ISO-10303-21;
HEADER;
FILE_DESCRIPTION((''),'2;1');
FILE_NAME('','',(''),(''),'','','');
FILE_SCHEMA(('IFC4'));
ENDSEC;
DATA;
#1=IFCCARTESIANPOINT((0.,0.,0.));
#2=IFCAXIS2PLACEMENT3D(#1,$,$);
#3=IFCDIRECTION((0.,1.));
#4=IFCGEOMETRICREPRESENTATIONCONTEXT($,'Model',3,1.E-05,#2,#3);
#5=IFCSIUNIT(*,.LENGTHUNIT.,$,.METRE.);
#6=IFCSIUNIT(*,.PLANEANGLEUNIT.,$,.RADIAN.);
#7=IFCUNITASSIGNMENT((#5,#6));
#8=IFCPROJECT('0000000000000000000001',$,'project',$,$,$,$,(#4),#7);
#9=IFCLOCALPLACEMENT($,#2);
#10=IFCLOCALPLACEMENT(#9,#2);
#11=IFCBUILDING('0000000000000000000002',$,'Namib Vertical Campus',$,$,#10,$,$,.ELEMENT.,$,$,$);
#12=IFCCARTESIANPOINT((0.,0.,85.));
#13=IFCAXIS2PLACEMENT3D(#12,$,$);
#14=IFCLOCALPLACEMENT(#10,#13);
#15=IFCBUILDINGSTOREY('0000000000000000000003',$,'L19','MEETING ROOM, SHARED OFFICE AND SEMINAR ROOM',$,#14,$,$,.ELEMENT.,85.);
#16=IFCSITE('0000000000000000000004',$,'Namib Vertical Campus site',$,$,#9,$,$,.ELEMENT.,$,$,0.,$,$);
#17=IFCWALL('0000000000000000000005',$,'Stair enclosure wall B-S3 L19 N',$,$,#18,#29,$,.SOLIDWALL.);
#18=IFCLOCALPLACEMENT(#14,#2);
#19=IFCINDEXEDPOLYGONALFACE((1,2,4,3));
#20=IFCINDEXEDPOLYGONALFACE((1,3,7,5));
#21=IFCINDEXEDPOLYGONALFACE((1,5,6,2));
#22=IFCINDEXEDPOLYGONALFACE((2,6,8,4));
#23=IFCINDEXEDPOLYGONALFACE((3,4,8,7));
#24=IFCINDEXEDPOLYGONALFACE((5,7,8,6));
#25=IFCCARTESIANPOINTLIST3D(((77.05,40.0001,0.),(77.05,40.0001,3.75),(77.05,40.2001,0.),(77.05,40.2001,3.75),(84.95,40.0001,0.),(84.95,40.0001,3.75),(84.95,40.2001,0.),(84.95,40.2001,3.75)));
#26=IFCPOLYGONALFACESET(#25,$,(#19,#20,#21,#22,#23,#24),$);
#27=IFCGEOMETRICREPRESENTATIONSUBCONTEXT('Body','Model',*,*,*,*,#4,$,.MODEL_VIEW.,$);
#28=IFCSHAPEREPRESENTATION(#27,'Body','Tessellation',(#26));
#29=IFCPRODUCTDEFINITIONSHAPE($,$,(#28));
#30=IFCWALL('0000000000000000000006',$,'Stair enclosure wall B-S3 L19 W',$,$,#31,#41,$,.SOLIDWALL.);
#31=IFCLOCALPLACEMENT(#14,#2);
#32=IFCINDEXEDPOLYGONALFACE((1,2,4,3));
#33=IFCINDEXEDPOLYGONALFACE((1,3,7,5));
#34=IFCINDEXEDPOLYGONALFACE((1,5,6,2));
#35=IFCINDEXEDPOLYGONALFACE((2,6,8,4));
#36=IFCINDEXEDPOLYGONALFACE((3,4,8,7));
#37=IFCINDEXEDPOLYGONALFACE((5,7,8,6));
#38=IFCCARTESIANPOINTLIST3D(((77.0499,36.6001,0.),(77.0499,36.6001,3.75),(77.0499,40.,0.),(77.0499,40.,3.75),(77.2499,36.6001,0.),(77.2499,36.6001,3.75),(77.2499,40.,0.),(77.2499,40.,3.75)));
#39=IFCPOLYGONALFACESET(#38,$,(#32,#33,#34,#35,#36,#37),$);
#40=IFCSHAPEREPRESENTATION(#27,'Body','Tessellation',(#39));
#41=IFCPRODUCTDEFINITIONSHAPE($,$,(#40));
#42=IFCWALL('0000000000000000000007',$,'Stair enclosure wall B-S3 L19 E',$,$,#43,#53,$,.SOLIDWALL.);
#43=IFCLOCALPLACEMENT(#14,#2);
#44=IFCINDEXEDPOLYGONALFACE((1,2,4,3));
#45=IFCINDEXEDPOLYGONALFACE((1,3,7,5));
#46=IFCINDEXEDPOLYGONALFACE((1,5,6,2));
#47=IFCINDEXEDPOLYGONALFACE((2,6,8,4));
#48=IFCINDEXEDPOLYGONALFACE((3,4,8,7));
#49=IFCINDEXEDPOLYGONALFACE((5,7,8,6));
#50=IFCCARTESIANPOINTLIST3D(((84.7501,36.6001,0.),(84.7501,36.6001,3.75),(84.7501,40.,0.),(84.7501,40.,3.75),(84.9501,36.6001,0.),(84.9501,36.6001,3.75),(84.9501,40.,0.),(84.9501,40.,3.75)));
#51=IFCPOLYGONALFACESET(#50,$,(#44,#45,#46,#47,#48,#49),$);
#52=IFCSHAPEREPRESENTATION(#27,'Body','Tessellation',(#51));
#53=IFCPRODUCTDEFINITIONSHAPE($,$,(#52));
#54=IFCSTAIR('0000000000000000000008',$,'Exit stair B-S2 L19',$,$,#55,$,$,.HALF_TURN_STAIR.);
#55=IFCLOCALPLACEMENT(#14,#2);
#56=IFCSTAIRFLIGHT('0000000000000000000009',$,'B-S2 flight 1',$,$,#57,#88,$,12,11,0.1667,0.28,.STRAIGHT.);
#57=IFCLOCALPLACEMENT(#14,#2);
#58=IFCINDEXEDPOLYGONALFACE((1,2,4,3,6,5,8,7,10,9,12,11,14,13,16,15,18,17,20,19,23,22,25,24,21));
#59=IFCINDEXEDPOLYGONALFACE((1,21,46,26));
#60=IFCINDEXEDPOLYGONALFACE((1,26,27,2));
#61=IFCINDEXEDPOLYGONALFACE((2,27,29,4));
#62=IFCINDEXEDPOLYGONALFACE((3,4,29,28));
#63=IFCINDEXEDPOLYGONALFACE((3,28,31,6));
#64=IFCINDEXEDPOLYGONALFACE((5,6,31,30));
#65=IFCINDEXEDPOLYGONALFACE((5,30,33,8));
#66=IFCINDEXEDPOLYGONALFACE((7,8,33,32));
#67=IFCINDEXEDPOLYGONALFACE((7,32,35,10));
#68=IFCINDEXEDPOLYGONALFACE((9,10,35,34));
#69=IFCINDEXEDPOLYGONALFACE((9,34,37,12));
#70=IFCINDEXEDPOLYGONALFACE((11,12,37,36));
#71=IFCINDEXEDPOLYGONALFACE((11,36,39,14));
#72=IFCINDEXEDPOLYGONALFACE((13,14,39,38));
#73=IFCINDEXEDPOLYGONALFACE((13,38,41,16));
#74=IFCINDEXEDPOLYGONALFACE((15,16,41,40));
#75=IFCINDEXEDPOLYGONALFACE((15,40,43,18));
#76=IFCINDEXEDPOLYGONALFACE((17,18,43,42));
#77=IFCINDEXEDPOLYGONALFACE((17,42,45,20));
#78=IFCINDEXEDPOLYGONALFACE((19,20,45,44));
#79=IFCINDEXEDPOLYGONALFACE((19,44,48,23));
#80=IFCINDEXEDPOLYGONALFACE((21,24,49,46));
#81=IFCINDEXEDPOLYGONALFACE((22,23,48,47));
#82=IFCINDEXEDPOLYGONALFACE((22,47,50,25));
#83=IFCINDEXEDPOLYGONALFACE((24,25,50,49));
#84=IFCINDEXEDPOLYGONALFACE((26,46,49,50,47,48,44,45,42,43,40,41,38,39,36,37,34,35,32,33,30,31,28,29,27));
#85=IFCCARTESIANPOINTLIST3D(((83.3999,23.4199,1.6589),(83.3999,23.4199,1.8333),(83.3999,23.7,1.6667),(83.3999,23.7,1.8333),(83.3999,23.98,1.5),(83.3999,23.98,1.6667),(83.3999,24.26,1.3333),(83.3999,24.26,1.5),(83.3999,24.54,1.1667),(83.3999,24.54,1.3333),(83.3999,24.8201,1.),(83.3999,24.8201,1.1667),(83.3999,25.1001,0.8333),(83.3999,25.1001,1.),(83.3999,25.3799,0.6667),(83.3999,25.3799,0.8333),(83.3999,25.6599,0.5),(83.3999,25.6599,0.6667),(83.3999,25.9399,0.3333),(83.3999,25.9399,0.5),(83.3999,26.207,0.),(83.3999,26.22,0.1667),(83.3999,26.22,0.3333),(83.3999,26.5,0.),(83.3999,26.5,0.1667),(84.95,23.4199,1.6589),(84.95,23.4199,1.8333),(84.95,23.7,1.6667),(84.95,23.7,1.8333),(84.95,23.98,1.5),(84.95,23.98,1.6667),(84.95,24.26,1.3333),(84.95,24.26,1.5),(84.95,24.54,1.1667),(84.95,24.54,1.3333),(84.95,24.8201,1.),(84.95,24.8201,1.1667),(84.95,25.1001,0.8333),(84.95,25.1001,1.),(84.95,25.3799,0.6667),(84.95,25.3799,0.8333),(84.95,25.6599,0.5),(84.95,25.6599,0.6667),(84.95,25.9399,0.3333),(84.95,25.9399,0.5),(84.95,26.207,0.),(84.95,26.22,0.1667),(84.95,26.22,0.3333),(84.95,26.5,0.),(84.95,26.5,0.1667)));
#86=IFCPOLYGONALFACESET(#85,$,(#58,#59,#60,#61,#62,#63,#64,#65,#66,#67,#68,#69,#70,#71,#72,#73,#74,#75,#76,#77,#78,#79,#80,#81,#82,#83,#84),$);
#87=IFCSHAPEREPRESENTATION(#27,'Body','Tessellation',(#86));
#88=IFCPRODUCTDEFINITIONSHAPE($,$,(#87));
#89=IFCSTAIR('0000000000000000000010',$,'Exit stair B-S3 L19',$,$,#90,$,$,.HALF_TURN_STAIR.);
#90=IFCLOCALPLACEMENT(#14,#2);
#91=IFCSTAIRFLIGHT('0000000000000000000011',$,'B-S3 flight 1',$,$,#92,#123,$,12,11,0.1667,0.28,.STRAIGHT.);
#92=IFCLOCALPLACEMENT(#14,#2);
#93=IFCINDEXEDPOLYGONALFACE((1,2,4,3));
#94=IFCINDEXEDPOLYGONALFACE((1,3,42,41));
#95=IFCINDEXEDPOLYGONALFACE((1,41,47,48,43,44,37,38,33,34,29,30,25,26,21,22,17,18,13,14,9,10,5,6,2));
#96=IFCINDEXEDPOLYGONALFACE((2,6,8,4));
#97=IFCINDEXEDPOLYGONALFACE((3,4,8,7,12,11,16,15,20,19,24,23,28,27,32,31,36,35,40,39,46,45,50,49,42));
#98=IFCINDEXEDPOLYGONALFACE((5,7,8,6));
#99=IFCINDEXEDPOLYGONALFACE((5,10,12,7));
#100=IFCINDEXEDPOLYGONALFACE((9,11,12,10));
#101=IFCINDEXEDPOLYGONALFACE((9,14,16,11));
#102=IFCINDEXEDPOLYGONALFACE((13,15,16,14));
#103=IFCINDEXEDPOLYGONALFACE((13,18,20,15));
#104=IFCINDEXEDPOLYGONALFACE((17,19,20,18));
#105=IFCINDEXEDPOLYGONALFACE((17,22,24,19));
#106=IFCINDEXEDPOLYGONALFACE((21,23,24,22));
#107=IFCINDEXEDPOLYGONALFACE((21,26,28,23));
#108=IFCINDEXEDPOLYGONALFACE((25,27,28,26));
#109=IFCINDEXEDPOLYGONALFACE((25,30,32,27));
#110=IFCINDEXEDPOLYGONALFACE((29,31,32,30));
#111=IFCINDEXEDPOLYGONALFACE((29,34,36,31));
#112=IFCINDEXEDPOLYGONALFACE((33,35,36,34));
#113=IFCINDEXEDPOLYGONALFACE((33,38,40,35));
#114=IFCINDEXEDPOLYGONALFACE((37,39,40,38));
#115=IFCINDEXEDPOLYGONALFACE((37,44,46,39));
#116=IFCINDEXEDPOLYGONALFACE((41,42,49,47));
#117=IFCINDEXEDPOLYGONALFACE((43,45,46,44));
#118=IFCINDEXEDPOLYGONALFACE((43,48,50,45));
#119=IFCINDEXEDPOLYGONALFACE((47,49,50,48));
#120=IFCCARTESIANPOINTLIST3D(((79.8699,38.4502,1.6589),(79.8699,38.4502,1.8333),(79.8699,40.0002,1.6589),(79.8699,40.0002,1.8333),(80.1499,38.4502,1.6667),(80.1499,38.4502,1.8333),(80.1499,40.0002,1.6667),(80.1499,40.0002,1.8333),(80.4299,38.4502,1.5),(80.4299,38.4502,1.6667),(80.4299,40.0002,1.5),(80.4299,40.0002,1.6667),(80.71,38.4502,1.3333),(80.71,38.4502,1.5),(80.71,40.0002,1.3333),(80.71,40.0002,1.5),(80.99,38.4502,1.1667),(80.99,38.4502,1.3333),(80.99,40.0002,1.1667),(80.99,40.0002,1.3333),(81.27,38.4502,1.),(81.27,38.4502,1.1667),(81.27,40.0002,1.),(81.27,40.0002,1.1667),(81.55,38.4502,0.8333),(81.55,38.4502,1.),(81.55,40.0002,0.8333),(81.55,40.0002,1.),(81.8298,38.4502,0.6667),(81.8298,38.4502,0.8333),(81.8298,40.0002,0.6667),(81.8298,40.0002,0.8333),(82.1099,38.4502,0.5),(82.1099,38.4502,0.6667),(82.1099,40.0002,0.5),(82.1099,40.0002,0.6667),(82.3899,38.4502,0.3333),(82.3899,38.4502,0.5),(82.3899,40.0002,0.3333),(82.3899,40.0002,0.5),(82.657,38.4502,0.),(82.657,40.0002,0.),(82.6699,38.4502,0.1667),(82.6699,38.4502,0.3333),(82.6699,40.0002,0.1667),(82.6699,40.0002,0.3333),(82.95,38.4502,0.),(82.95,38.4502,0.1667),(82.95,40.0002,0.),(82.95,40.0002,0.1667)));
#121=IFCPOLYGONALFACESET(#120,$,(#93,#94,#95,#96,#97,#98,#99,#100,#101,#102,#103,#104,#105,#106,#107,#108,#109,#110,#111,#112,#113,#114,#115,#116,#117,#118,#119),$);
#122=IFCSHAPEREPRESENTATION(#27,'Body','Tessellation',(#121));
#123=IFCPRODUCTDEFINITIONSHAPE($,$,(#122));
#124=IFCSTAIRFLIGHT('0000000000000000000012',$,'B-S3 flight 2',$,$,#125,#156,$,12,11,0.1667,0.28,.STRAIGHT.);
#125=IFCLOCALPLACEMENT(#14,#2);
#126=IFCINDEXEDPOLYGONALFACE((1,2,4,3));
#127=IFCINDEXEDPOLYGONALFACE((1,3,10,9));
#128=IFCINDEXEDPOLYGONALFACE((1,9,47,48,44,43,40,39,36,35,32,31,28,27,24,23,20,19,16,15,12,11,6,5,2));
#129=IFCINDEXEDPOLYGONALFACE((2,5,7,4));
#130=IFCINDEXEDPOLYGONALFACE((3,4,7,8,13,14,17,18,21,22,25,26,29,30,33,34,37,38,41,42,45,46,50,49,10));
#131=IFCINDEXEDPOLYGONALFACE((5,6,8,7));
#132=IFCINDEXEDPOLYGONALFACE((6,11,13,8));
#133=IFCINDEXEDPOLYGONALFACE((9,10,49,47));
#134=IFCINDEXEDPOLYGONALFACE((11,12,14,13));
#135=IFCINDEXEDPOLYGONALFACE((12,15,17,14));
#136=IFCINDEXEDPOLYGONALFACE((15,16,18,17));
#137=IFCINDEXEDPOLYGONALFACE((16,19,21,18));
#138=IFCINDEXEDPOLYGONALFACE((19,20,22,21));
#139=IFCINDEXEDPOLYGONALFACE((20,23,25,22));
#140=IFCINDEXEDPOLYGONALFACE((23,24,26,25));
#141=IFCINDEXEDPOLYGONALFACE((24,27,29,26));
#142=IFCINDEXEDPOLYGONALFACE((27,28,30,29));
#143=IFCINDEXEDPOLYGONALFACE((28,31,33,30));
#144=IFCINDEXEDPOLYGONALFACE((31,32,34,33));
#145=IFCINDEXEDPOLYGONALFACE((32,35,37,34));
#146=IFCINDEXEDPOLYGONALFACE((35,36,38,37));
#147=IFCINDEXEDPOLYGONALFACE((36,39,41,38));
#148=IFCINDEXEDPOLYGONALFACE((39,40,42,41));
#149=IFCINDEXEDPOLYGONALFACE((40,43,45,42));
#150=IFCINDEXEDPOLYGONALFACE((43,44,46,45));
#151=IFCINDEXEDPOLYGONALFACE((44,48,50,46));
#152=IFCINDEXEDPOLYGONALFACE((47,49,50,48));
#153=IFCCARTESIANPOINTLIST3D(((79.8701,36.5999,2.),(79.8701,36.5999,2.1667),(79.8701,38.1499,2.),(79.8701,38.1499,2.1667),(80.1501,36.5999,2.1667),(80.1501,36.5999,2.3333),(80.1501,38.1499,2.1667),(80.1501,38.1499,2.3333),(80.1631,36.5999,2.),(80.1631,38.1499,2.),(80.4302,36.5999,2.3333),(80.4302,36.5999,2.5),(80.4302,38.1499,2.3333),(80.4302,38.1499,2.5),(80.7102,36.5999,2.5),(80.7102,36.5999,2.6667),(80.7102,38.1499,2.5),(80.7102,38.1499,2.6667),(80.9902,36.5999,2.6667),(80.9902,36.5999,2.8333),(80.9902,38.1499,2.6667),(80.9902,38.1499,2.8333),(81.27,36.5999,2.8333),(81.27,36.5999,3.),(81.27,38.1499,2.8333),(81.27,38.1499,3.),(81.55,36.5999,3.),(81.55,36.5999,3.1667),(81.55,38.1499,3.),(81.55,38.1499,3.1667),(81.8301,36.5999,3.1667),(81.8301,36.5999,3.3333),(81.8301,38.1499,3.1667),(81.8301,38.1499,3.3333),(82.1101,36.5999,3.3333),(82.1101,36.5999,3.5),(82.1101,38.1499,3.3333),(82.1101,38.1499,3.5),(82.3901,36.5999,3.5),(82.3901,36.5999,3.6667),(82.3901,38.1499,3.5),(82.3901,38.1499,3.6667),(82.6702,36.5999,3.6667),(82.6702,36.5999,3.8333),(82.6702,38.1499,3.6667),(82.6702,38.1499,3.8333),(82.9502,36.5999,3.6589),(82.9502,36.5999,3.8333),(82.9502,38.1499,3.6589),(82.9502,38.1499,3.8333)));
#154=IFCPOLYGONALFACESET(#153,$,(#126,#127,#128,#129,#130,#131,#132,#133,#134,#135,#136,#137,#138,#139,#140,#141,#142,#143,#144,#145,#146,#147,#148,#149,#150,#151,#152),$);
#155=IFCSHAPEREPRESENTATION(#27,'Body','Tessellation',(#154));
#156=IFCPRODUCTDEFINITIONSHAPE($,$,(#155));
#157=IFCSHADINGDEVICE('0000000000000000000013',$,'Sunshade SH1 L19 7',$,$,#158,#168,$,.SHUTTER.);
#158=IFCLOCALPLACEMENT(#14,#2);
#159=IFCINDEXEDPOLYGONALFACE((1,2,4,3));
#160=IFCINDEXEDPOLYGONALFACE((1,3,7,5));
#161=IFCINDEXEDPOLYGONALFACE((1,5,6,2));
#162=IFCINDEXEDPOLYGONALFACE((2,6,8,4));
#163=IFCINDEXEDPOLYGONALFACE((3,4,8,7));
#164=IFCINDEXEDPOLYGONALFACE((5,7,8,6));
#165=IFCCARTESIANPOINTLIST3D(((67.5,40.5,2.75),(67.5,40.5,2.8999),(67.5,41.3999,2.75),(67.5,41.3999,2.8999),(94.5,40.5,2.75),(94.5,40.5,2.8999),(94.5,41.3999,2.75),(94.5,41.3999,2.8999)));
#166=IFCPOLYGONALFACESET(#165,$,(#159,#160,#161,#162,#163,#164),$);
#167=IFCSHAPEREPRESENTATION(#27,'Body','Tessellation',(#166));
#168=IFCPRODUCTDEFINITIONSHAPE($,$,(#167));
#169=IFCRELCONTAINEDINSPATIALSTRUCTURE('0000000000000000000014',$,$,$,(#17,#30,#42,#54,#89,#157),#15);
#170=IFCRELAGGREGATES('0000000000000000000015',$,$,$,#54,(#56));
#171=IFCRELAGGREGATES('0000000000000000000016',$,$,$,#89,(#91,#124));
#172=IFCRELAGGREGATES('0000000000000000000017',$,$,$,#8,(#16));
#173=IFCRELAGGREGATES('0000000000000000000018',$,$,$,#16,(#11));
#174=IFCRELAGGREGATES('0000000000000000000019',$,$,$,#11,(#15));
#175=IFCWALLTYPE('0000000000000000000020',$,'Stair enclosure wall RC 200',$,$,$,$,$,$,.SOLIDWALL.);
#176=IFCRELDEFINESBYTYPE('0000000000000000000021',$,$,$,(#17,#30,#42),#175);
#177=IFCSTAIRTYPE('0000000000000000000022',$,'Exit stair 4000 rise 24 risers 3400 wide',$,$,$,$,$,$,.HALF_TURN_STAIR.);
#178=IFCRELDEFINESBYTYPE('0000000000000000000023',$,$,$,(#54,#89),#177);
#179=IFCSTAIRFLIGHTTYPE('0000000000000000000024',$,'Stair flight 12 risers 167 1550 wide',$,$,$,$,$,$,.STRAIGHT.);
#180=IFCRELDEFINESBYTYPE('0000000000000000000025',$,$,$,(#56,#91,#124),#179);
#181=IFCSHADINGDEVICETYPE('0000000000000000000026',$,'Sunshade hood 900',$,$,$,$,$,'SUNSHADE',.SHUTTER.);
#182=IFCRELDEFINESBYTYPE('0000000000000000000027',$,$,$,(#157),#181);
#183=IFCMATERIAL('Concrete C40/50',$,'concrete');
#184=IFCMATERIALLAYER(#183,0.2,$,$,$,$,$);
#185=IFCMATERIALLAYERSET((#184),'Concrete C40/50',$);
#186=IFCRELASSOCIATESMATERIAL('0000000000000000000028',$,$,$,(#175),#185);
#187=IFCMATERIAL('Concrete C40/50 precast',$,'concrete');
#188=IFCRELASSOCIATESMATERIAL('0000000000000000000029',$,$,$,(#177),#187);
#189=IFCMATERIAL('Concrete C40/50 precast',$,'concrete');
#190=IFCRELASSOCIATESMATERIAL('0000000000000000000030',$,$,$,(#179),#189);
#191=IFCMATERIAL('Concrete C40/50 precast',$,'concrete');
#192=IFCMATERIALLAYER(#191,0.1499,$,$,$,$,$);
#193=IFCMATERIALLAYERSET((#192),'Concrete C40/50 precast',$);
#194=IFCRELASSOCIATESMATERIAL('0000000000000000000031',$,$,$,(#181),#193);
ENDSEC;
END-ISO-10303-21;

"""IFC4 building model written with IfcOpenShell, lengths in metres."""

from ifc_helpers import new_model, si_unit, direction, frame, frame_2d, origin, origin_2d, place, context, subcontext, project, spatial, polyline, rectangle, outline, extrude, material, layer, layer_set, type_object, element, aggregate, save


model = new_model("IFC4")

# Units and contexts
model_context = context("Model", 3, precision=1e-05, world=origin(), true_north=direction((0.0, 1.0)))
body_context = subcontext(model_context, "Body", "Model", "MODEL_VIEW")
ifc_project = project(units=[si_unit("LENGTHUNIT", "METRE"), si_unit("PLANEANGLEUNIT", "RADIAN")], contexts=[model_context])

# Site, building, storey
site_placement = place(None, origin())
site = spatial("IfcSite", under=ifc_project, at=site_placement, Name="Namib Vertical Campus site", CompositionType="ELEMENT", RefElevation=0.0)
building_placement = place(site_placement, origin())
building = spatial("IfcBuilding", under=site, at=building_placement, Name="Namib Vertical Campus", CompositionType="ELEMENT")
storey_placement = place(building_placement, frame((0.0, 0.0, 85.0)))
storey = spatial("IfcBuildingStorey", under=building, at=storey_placement, Name="L19", Description="MEETING ROOM, SHARED OFFICE AND SEMINAR ROOM", CompositionType="ELEMENT", Elevation=85.0)

# Shared definitions
ifc_material_1 = material(Name="Concrete C40/50", Category="concrete")
ifc_layer_1 = layer(ifc_material_1, 0.2)
ifc_layer_set_1 = layer_set([ifc_layer_1], Name="Concrete C40/50")
wall_type_1 = type_object("IfcWallType", Name="Stair enclosure wall RC 200", PredefinedType="SOLIDWALL", material=ifc_layer_set_1)

# Walls
wall_1_placement = place(storey_placement, frame((77.05, 40.1001, 0.0), z_axis=(0.0, 0.0, 1.0), x_axis=(1.0, 0.0, 0.0)))
element("IfcWall", 1, at=wall_1_placement, inside=storey, type_object=wall_type_1, Name="Stair enclosure wall B-S3 L19 N", PredefinedType="SOLIDWALL", context=body_context, shape_type="SweptSolid", body=[
    extrude(rectangle(XDim=7.8999, YDim=0.2, at=frame_2d((3.95, 0.0))), origin(), (0.0, 0.0, 1.0), 3.75),
])
for number, where, z_axis, x_axis, name in (
    (2, (77.1499, 36.6001, 0.0), (0.0, 0.0, 1.0), (0.0, 1.0, 0.0), "Stair enclosure wall B-S3 L19 W"),
    (3, (84.8501, 36.6001, 0.0), (0.0, 0.0, 1.0), (0.0, 1.0, 0.0), "Stair enclosure wall B-S3 L19 E"),
):
    element("IfcWall", number, at=place(storey_placement, frame(where, z_axis=z_axis, x_axis=x_axis)), inside=storey, type_object=wall_type_1, Name=name, PredefinedType="SOLIDWALL", context=body_context, shape_type="SweptSolid", body=[
        extrude(rectangle(XDim=3.3999, YDim=0.2, at=frame_2d((1.7, 0.0))), origin(), (0.0, 0.0, 1.0), 3.75),
    ])

# Stair, stair flight
ifc_material_2 = material(Name="Concrete C40/50 precast", Category="concrete")
stair_type = type_object("IfcStairType", Name="Exit stair 4000 rise 24 risers 3400 wide", PredefinedType="HALF_TURN_STAIR", material=ifc_material_2)
stair_1_placement = place(storey_placement, origin())
stair_1 = element("IfcStair", 4, at=stair_1_placement, inside=storey, type_object=stair_type, Name="Exit stair B-S2 L19", PredefinedType="HALF_TURN_STAIR")
ifc_material_3 = material(Name="Concrete C40/50 precast", Category="concrete")
stair_flight_type = type_object("IfcStairFlightType", Name="Stair flight 12 risers 167 1550 wide", PredefinedType="STRAIGHT", material=ifc_material_3)
stair_flight_1_placement = place(storey_placement, frame((84.175, 26.5, 0.0), z_axis=(0.0, 0.0, 1.0), x_axis=(0.0, -1.0, 0.0)))
stair_flight_1 = element("IfcStairFlight", 5, at=stair_flight_1_placement, type_object=stair_flight_type, Name="B-S2 flight 1", NumberOfRisers=12, NumberOfTreads=11, PredefinedType="STRAIGHT", RiserHeight=0.1667, TreadLength=0.28, context=body_context, shape_type="SweptSolid", body=[
    extrude(outline(polyline([(0.0, 0.0), (0.0, 0.1667), (0.28, 0.1667), (0.28, 0.3333), (0.5601, 0.3333), (0.5601, 0.5), (0.8401, 0.5), (0.8401, 0.6667), (1.1201, 0.6667), (1.1201, 0.8333), (1.3999, 0.8333), (1.3999, 1.0), (1.6799, 1.0), (1.6799, 1.1667), (1.96, 1.1667), (1.96, 1.3333), (2.24, 1.3333), (2.24, 1.5), (2.52, 1.5), (2.52, 1.6667), (2.8, 1.6667), (2.8, 1.8333), (3.0801, 1.8333), (3.0801, 2.0), (3.0801, 1.6589), (0.293, 0.0), (0.0, 0.0)])), frame((0.0, 0.7749, 0.0), z_axis=(0.0, -1.0, 0.0), x_axis=(1.0, 0.0, 0.0)), (0.0, 0.0, 1.0), 1.55),
])
aggregate(stair_1, [stair_flight_1])

# Stair, stair flights
stair_2_placement = place(storey_placement, origin())
stair_2 = element("IfcStair", 6, at=stair_2_placement, inside=storey, type_object=stair_type, Name="Exit stair B-S3 L19", PredefinedType="HALF_TURN_STAIR")
stair_flight_2_placement = place(storey_placement, frame((82.95, 39.2251, 0.0), z_axis=(0.0, 0.0, 1.0), x_axis=(-1.0, 0.0, 0.0)))
stair_flight_2 = element("IfcStairFlight", 7, at=stair_flight_2_placement, type_object=stair_flight_type, Name="B-S3 flight 1", NumberOfRisers=12, NumberOfTreads=11, PredefinedType="STRAIGHT", RiserHeight=0.1667, TreadLength=0.28, context=body_context, shape_type="SweptSolid", body=[
    extrude(outline(polyline([(0.0, 0.0), (0.0, 0.1667), (0.28, 0.1667), (0.28, 0.3333), (0.5601, 0.3333), (0.5601, 0.5), (0.8401, 0.5), (0.8401, 0.6667), (1.1201, 0.6667), (1.1201, 0.8333), (1.3999, 0.8333), (1.3999, 1.0), (1.6799, 1.0), (1.6799, 1.1667), (1.96, 1.1667), (1.96, 1.3333), (2.24, 1.3333), (2.24, 1.5), (2.52, 1.5), (2.52, 1.6667), (2.8, 1.6667), (2.8, 1.8333), (3.0801, 1.8333), (3.0801, 2.0), (3.0801, 1.6589), (0.293, 0.0), (0.0, 0.0)])), frame((0.0, 0.7749, 0.0), z_axis=(0.0, -1.0, 0.0), x_axis=(1.0, 0.0, 0.0)), (0.0, 0.0, 1.0), 1.55),
])
stair_flight_3_placement = place(storey_placement, frame((79.8701, 37.375, 2.0), z_axis=(0.0, 0.0, 1.0), x_axis=(1.0, 0.0, 0.0)))
stair_flight_3 = element("IfcStairFlight", 8, at=stair_flight_3_placement, type_object=stair_flight_type, Name="B-S3 flight 2", NumberOfRisers=12, NumberOfTreads=11, PredefinedType="STRAIGHT", RiserHeight=0.1667, TreadLength=0.28, context=body_context, shape_type="SweptSolid", body=[
    extrude(outline(polyline([(0.0, 0.0), (0.0, 0.1667), (0.28, 0.1667), (0.28, 0.3333), (0.5601, 0.3333), (0.5601, 0.5), (0.8401, 0.5), (0.8401, 0.6667), (1.1201, 0.6667), (1.1201, 0.8333), (1.3999, 0.8333), (1.3999, 1.0), (1.6799, 1.0), (1.6799, 1.1667), (1.96, 1.1667), (1.96, 1.3333), (2.24, 1.3333), (2.24, 1.5), (2.52, 1.5), (2.52, 1.6667), (2.8, 1.6667), (2.8, 1.8333), (3.0801, 1.8333), (3.0801, 2.0), (3.0801, 1.6589), (0.293, 0.0), (0.0, 0.0)])), frame((0.0, 0.7749, 0.0), z_axis=(0.0, -1.0, 0.0), x_axis=(1.0, 0.0, 0.0)), (0.0, 0.0, 1.0), 1.55),
])
aggregate(stair_2, [stair_flight_2, stair_flight_3])

# Shading device
ifc_material_4 = material(Name="Concrete C40/50 precast", Category="concrete")
ifc_layer_2 = layer(ifc_material_4, 0.1499)
ifc_layer_set_2 = layer_set([ifc_layer_2], Name="Concrete C40/50 precast")
shading_device_type = type_object("IfcShadingDeviceType", Name="Sunshade hood 900", ElementType="SUNSHADE", PredefinedType="SHUTTER", material=ifc_layer_set_2)
shading_device_placement = place(storey_placement, frame((81.0, 40.95, 2.75), z_axis=(0.0, 0.0, 1.0), x_axis=(-1.0, 0.0, 0.0)))
element("IfcShadingDevice", 9, at=shading_device_placement, inside=storey, type_object=shading_device_type, Name="Sunshade SH1 L19 7", PredefinedType="SHUTTER", context=body_context, shape_type="SweptSolid", body=[
    extrude(rectangle(XDim=27.0, YDim=0.8999, at=origin_2d()), origin(), (0.0, 0.0, 1.0), 0.1499),
])

save(model, "model.ifc")
